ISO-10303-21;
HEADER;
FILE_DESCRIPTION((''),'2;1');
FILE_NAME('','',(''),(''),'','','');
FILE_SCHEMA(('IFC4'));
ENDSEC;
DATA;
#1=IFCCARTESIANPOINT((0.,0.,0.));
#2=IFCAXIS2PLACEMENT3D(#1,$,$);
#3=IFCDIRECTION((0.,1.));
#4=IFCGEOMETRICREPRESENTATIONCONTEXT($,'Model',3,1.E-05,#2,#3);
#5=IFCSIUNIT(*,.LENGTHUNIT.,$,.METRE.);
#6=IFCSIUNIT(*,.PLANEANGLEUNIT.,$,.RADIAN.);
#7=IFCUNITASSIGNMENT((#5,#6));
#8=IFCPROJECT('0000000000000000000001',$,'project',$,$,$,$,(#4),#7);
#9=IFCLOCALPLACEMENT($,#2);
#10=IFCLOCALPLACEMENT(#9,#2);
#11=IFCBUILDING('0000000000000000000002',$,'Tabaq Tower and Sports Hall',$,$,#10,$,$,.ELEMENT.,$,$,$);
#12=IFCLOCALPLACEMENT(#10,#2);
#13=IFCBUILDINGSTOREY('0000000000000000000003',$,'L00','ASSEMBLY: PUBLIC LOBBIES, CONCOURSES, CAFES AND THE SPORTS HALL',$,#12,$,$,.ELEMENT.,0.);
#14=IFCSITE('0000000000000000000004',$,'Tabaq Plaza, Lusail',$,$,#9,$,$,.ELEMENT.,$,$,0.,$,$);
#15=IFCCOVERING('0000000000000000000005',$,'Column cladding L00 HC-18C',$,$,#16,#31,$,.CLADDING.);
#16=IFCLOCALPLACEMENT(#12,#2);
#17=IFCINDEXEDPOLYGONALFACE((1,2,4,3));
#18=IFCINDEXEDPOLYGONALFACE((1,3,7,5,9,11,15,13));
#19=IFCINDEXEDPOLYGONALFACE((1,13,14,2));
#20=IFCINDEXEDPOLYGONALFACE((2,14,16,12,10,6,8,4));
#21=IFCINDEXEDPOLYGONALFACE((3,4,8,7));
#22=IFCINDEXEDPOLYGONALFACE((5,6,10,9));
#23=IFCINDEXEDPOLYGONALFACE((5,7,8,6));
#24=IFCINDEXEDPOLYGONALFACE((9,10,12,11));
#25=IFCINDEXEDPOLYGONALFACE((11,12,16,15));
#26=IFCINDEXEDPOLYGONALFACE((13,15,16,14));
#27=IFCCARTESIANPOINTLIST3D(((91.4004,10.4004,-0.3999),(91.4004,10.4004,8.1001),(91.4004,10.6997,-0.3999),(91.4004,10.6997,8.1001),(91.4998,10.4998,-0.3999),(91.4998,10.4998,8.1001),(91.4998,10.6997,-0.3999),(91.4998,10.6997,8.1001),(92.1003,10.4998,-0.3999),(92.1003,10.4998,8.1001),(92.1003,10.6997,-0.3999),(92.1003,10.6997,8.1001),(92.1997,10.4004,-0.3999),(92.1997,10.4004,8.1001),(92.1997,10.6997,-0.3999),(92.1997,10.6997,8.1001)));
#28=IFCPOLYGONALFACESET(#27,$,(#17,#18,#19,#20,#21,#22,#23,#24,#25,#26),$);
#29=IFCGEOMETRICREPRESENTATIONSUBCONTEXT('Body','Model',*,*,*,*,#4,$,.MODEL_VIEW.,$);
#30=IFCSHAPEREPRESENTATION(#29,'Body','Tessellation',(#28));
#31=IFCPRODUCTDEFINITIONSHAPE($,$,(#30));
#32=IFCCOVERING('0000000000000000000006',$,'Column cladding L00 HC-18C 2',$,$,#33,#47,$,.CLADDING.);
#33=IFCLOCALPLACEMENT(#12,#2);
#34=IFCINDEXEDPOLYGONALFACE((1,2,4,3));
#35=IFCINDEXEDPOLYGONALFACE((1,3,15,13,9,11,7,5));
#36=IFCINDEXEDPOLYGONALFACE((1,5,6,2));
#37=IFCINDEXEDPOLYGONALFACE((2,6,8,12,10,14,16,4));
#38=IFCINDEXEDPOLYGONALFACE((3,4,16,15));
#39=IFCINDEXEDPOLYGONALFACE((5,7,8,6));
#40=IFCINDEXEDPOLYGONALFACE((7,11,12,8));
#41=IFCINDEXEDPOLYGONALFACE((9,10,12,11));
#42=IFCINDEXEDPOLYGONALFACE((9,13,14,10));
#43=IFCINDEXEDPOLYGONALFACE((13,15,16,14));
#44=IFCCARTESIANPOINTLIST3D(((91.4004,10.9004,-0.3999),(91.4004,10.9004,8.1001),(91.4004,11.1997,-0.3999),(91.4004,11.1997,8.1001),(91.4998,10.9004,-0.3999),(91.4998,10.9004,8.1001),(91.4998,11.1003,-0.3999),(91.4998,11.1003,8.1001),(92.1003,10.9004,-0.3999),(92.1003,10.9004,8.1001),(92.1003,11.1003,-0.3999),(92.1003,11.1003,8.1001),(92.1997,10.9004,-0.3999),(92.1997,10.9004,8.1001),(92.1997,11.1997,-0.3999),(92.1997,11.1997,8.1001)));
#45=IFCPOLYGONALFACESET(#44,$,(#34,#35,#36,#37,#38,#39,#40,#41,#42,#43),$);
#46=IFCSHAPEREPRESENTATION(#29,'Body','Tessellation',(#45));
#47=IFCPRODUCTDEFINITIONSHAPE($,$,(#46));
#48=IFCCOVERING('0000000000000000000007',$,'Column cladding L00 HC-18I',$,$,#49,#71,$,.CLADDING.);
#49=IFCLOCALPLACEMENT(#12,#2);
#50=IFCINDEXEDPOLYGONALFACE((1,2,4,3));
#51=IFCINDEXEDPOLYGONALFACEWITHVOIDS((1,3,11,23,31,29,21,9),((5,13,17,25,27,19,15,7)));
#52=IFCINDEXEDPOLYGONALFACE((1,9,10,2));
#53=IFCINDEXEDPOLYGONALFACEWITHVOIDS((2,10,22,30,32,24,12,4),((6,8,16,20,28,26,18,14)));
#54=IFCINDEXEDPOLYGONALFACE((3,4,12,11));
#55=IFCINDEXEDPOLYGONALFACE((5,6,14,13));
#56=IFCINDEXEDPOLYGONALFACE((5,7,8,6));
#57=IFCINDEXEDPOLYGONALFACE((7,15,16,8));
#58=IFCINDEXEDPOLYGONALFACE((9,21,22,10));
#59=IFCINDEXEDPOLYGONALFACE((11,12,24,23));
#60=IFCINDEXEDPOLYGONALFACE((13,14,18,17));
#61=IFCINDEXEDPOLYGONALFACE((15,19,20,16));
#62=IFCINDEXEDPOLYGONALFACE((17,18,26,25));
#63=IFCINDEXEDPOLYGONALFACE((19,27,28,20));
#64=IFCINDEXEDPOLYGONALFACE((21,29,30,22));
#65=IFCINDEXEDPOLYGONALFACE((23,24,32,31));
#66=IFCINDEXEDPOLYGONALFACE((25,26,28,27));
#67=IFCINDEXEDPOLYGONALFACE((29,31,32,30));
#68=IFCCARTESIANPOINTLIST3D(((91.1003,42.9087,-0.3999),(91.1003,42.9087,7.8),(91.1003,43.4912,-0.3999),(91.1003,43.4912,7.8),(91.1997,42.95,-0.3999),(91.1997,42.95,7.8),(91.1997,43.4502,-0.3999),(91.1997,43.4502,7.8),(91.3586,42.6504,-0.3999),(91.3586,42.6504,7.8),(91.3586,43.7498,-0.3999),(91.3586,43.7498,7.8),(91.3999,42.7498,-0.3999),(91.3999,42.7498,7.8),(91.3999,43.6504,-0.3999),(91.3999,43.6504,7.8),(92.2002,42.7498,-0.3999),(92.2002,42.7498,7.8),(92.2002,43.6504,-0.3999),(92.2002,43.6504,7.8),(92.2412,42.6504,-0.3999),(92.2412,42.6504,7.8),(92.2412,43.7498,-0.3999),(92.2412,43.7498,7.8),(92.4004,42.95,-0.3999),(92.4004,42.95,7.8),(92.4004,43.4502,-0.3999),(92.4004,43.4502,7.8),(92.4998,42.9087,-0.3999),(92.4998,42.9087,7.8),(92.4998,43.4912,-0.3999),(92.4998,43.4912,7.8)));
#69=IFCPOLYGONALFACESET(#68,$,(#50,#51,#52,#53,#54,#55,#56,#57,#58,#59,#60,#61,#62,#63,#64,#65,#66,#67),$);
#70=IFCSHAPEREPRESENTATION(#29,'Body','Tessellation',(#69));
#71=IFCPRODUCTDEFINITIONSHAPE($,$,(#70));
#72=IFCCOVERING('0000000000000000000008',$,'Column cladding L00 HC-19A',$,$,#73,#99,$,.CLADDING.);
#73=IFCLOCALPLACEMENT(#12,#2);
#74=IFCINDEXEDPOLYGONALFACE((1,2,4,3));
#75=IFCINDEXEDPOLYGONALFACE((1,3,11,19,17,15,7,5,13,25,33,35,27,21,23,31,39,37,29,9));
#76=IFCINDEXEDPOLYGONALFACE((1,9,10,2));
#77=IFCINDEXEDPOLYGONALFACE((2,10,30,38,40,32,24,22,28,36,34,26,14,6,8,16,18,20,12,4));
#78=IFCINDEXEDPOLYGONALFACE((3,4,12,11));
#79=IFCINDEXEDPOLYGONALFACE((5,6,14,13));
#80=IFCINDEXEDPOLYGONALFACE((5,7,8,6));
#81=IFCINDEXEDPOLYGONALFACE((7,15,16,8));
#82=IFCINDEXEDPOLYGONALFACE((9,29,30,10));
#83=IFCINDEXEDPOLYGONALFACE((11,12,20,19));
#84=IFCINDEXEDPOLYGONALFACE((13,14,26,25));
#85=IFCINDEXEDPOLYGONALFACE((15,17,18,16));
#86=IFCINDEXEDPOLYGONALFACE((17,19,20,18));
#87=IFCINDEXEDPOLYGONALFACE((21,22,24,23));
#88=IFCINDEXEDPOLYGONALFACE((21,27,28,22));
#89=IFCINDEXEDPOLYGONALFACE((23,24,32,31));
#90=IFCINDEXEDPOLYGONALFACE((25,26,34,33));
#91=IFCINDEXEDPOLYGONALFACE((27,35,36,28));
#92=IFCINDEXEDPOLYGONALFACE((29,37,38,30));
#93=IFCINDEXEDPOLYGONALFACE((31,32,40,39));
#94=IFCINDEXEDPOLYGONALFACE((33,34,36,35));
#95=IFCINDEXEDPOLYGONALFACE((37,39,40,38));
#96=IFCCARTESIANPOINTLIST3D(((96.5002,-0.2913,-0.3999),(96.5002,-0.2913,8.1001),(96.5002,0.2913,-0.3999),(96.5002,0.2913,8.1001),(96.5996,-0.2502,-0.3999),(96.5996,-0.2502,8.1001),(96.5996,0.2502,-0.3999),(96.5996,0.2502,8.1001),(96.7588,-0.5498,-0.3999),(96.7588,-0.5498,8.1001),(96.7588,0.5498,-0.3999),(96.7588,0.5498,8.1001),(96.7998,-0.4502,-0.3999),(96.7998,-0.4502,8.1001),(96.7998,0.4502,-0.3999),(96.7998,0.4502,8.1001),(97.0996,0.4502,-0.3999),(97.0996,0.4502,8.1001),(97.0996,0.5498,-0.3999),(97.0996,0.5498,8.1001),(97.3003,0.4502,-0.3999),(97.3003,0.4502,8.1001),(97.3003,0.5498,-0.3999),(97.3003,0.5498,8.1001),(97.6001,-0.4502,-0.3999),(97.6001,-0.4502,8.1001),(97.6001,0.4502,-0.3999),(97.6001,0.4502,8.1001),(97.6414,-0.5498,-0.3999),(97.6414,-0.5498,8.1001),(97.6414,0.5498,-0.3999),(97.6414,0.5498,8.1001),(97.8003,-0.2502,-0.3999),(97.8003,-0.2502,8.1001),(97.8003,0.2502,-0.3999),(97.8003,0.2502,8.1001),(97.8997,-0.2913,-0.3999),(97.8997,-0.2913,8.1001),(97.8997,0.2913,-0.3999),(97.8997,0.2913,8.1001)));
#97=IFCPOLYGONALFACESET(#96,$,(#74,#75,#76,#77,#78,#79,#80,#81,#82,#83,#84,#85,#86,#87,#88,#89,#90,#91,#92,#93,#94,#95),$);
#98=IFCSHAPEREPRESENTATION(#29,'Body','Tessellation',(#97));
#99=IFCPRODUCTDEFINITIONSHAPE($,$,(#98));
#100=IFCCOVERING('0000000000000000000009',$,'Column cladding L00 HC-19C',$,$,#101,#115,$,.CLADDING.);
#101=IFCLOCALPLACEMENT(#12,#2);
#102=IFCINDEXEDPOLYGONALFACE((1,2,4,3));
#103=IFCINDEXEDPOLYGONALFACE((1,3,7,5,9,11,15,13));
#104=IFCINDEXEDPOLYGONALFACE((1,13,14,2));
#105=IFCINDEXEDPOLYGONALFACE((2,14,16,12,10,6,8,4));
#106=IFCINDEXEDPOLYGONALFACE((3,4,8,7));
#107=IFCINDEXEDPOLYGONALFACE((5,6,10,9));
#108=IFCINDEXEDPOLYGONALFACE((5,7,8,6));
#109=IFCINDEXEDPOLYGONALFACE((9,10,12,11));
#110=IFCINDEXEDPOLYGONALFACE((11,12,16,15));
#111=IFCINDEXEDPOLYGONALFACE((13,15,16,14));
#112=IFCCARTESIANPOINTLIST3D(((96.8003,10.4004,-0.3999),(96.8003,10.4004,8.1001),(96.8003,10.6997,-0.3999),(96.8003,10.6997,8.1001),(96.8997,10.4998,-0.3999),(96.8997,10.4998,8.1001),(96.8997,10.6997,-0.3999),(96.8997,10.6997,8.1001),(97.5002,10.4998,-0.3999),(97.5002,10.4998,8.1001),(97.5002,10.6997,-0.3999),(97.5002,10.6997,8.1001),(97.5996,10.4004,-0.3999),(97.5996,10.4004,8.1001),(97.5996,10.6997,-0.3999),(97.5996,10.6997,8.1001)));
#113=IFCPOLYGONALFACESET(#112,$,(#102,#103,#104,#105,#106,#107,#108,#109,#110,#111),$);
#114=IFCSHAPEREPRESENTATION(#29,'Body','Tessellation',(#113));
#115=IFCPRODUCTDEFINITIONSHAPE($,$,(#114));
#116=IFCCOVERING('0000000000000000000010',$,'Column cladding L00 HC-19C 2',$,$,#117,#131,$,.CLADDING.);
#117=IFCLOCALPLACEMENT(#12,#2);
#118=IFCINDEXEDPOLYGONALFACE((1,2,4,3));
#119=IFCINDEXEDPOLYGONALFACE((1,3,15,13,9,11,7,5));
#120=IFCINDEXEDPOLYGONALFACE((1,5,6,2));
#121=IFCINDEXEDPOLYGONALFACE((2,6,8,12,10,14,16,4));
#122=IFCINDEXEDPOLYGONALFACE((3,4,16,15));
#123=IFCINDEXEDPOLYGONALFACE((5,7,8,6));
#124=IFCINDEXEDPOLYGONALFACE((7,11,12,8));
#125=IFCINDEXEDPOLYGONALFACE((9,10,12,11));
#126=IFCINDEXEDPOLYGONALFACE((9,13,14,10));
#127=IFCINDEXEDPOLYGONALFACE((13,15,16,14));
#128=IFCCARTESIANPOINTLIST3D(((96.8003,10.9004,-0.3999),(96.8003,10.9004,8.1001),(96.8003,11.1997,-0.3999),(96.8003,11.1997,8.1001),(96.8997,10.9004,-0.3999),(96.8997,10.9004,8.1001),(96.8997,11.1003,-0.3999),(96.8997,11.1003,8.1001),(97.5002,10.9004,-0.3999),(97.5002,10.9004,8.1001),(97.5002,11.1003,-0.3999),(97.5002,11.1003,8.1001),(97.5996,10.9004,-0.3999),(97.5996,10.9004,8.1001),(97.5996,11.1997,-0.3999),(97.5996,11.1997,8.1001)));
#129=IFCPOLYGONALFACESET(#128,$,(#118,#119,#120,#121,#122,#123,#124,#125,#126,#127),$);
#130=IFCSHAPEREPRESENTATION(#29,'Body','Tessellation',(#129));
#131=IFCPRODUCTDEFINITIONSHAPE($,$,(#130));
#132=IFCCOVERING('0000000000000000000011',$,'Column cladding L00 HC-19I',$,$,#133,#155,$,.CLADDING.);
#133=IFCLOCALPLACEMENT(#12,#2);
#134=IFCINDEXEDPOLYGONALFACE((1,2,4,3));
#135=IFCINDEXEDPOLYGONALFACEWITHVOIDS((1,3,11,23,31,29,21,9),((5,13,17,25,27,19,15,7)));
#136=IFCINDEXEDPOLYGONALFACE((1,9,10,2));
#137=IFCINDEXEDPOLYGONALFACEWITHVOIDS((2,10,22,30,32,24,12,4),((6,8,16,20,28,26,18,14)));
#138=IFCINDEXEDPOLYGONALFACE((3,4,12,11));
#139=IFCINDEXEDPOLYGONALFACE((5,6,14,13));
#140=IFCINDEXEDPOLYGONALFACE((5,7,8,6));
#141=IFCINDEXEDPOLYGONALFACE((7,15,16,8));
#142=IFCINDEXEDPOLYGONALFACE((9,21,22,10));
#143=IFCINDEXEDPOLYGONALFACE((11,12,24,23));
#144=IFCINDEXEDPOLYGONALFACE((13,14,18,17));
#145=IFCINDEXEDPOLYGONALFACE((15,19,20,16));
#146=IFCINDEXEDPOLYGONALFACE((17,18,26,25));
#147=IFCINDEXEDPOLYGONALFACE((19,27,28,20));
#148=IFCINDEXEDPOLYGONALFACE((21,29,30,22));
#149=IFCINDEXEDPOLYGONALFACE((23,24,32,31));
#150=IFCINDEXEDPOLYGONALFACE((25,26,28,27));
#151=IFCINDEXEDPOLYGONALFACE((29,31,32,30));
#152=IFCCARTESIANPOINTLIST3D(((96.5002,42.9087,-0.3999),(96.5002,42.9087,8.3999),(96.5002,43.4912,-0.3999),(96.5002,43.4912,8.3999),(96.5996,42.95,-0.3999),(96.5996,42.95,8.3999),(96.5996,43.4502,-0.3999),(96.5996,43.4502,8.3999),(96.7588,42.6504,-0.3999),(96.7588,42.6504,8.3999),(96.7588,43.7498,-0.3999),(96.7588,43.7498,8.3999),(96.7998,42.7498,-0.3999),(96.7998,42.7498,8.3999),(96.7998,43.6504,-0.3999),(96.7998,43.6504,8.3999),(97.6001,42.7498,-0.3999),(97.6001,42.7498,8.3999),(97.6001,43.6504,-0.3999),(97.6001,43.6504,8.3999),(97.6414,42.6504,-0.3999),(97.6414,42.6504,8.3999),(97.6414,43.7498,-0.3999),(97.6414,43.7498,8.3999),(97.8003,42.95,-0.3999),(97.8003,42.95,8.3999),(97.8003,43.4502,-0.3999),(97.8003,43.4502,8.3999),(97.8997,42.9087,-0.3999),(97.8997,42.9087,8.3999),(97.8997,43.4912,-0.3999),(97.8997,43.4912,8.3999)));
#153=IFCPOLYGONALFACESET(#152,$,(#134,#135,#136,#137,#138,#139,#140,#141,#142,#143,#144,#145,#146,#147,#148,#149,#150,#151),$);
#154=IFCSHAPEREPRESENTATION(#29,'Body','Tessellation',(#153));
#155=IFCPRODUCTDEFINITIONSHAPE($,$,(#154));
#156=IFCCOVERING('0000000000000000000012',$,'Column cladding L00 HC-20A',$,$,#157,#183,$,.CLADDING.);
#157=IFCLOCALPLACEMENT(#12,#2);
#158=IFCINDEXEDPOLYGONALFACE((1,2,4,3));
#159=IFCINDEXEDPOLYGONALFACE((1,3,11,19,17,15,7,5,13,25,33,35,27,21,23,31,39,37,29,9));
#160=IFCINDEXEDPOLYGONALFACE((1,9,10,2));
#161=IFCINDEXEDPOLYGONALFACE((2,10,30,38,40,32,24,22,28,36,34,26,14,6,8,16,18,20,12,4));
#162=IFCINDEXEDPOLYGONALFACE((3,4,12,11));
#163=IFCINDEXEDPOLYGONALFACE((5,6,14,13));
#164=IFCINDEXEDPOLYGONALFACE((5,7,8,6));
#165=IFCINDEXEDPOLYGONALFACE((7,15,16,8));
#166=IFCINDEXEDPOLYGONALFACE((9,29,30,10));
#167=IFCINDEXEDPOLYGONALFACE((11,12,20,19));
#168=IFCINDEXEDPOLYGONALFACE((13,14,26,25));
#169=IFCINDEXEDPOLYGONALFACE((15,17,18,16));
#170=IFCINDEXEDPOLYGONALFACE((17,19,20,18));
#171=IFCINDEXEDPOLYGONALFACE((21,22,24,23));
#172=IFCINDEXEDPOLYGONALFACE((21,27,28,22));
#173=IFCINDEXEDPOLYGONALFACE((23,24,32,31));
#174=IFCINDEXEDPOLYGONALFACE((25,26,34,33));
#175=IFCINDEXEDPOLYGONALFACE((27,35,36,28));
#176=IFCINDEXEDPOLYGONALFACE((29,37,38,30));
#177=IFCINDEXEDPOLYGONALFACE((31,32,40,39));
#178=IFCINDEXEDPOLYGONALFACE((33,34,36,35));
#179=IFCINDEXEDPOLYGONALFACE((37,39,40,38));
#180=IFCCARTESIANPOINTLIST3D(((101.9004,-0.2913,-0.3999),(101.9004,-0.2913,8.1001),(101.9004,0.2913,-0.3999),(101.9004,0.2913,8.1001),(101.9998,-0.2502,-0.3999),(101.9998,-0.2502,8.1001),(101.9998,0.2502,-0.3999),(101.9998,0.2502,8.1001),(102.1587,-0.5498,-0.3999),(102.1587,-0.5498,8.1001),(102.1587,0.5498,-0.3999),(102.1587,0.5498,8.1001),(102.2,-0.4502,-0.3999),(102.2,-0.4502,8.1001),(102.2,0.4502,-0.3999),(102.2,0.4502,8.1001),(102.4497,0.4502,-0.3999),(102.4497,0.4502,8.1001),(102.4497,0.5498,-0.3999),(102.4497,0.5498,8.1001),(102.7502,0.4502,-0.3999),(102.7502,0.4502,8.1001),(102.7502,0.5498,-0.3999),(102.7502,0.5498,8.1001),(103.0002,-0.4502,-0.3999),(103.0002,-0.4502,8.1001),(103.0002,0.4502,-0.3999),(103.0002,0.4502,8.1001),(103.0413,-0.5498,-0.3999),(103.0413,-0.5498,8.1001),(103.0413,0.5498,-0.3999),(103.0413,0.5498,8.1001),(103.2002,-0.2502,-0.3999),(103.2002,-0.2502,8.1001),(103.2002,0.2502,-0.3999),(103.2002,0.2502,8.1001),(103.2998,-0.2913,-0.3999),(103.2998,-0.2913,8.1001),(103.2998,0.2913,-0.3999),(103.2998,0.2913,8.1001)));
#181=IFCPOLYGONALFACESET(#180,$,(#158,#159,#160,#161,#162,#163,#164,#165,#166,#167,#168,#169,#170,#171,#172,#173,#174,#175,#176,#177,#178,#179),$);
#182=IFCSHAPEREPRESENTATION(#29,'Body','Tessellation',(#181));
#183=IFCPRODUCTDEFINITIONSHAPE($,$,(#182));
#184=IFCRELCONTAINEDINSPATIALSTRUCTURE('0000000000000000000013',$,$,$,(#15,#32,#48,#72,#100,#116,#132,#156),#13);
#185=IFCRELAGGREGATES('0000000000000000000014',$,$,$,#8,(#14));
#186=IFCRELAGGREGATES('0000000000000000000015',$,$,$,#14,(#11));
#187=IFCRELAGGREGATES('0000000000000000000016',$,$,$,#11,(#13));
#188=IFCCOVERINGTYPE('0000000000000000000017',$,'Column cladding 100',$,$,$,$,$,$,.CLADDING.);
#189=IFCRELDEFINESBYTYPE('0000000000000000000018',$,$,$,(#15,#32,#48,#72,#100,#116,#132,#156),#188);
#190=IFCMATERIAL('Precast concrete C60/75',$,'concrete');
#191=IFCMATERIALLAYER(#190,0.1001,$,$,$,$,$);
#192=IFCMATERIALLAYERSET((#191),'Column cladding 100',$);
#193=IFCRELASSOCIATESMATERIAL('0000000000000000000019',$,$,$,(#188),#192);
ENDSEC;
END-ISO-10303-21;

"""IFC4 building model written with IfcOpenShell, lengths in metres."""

from ifc_helpers import new_model, si_unit, direction, frame, origin, place, context, subcontext, project, spatial, polyline, outline, extrude, material, layer, layer_set, type_object, element, save


model = new_model("IFC4")

# Units and contexts
model_context = context("Model", 3, precision=1e-05, world=origin(), true_north=direction((0.0, 1.0)))
body_context = subcontext(model_context, "Body", "Model", "MODEL_VIEW")
ifc_project = project(units=[si_unit("LENGTHUNIT", "METRE"), si_unit("PLANEANGLEUNIT", "RADIAN")], contexts=[model_context])

# Site, building, storey
site_placement = place(None, origin())
site = spatial("IfcSite", under=ifc_project, at=site_placement, Name="Tabaq Plaza, Lusail", CompositionType="ELEMENT", RefElevation=0.0)
building_placement = place(site_placement, origin())
building = spatial("IfcBuilding", under=site, at=building_placement, Name="Tabaq Tower and Sports Hall", CompositionType="ELEMENT")
storey_placement = place(building_placement, origin())
storey = spatial("IfcBuildingStorey", under=building, at=storey_placement, Name="L00", Description="ASSEMBLY: PUBLIC LOBBIES, CONCOURSES, CAFES AND THE SPORTS HALL", CompositionType="ELEMENT", Elevation=0.0)

# Coverings
ifc_material = material(Name="Precast concrete C60/75", Category="concrete")
ifc_layer = layer(ifc_material, 0.1001)
ifc_layer_set = layer_set([ifc_layer], Name="Column cladding 100")
covering_type = type_object("IfcCoveringType", Name="Column cladding 100", PredefinedType="CLADDING", material=ifc_layer_set)
covering_1_placement = place(storey_placement, frame((0.0, 0.0, -0.3999)))
element("IfcCovering", 1, at=covering_1_placement, inside=storey, type_object=covering_type, Name="Column cladding L00 HC-18C", PredefinedType="CLADDING", context=body_context, shape_type="SweptSolid", body=[
    extrude(outline(polyline([(92.1997, 10.4004), (91.4004, 10.4004), (91.4004, 10.6997), (91.4998, 10.6997), (91.4998, 10.4998), (92.1003, 10.4998), (92.1003, 10.6997), (92.1997, 10.6997), (92.1997, 10.4004)])), origin(), (0.0, 0.0, 1.0), 8.5),
])
covering_2_placement = place(storey_placement, frame((0.0, 0.0, -0.3999)))
element("IfcCovering", 2, at=covering_2_placement, inside=storey, type_object=covering_type, Name="Column cladding L00 HC-18C 2", PredefinedType="CLADDING", context=body_context, shape_type="SweptSolid", body=[
    extrude(outline(polyline([(92.1997, 11.1997), (92.1997, 10.9004), (92.1003, 10.9004), (92.1003, 11.1003), (91.4998, 11.1003), (91.4998, 10.9004), (91.4004, 10.9004), (91.4004, 11.1997), (92.1997, 11.1997)])), origin(), (0.0, 0.0, 1.0), 8.5),
])
covering_3_placement = place(storey_placement, frame((0.0, 0.0, -0.3999)))
element("IfcCovering", 3, at=covering_3_placement, inside=storey, type_object=covering_type, Name="Column cladding L00 HC-18I", PredefinedType="CLADDING", context=body_context, shape_type="SweptSolid", body=[
    extrude(outline(polyline([(91.1003, 42.9087), (91.1003, 43.4912), (91.3586, 43.7498), (92.2412, 43.7498), (92.4998, 43.4912), (92.4998, 42.9087), (92.2412, 42.6504), (91.3586, 42.6504), (91.1003, 42.9087)]), holes=[polyline([(92.2002, 42.7498), (92.4004, 42.95), (92.4004, 43.4502), (92.2002, 43.6504), (91.3999, 43.6504), (91.1997, 43.4502), (91.1997, 42.95), (91.3999, 42.7498), (92.2002, 42.7498)])]), origin(), (0.0, 0.0, 1.0), 8.2),
])
covering_4_placement = place(storey_placement, frame((0.0, 0.0, -0.3999)))
element("IfcCovering", 4, at=covering_4_placement, inside=storey, type_object=covering_type, Name="Column cladding L00 HC-19A", PredefinedType="CLADDING", context=body_context, shape_type="SweptSolid", body=[
    extrude(outline(polyline([(96.5002, 0.2913), (96.7588, 0.5498), (97.0996, 0.5498), (97.0996, 0.4502), (96.7998, 0.4502), (96.5996, 0.2502), (96.5996, -0.2502), (96.7998, -0.4502), (97.6001, -0.4502), (97.8003, -0.2502), (97.8003, 0.2502), (97.6001, 0.4502), (97.3003, 0.4502), (97.3003, 0.5498), (97.6414, 0.5498), (97.8997, 0.2913), (97.8997, -0.2913), (97.6414, -0.5498), (96.7588, -0.5498), (96.5002, -0.2913), (96.5002, 0.2913)])), origin(), (0.0, 0.0, 1.0), 8.5),
])
covering_5_placement = place(storey_placement, frame((0.0, 0.0, -0.3999)))
element("IfcCovering", 5, at=covering_5_placement, inside=storey, type_object=covering_type, Name="Column cladding L00 HC-19C", PredefinedType="CLADDING", context=body_context, shape_type="SweptSolid", body=[
    extrude(outline(polyline([(97.5996, 10.4004), (96.8003, 10.4004), (96.8003, 10.6997), (96.8997, 10.6997), (96.8997, 10.4998), (97.5002, 10.4998), (97.5002, 10.6997), (97.5996, 10.6997), (97.5996, 10.4004)])), origin(), (0.0, 0.0, 1.0), 8.5),
])
covering_6_placement = place(storey_placement, frame((0.0, 0.0, -0.3999)))
element("IfcCovering", 6, at=covering_6_placement, inside=storey, type_object=covering_type, Name="Column cladding L00 HC-19C 2", PredefinedType="CLADDING", context=body_context, shape_type="SweptSolid", body=[
    extrude(outline(polyline([(97.5996, 11.1997), (97.5996, 10.9004), (97.5002, 10.9004), (97.5002, 11.1003), (96.8997, 11.1003), (96.8997, 10.9004), (96.8003, 10.9004), (96.8003, 11.1997), (97.5996, 11.1997)])), origin(), (0.0, 0.0, 1.0), 8.5),
])
covering_7_placement = place(storey_placement, frame((0.0, 0.0, -0.3999)))
element("IfcCovering", 7, at=covering_7_placement, inside=storey, type_object=covering_type, Name="Column cladding L00 HC-19I", PredefinedType="CLADDING", context=body_context, shape_type="SweptSolid", body=[
    extrude(outline(polyline([(96.5002, 42.9087), (96.5002, 43.4912), (96.7588, 43.7498), (97.6414, 43.7498), (97.8997, 43.4912), (97.8997, 42.9087), (97.6414, 42.6504), (96.7588, 42.6504), (96.5002, 42.9087)]), holes=[polyline([(97.6001, 42.7498), (97.8003, 42.95), (97.8003, 43.4502), (97.6001, 43.6504), (96.7998, 43.6504), (96.5996, 43.4502), (96.5996, 42.95), (96.7998, 42.7498), (97.6001, 42.7498)])]), origin(), (0.0, 0.0, 1.0), 8.7998),
])
covering_8_placement = place(storey_placement, frame((0.0, 0.0, -0.3999)))
element("IfcCovering", 8, at=covering_8_placement, inside=storey, type_object=covering_type, Name="Column cladding L00 HC-20A", PredefinedType="CLADDING", context=body_context, shape_type="SweptSolid", body=[
    extrude(outline(polyline([(101.9004, 0.2913), (102.1587, 0.5498), (102.4497, 0.5498), (102.4497, 0.4502), (102.2, 0.4502), (101.9998, 0.2502), (101.9998, -0.2502), (102.2, -0.4502), (103.0002, -0.4502), (103.2002, -0.2502), (103.2002, 0.2502), (103.0002, 0.4502), (102.7502, 0.4502), (102.7502, 0.5498), (103.0413, 0.5498), (103.2998, 0.2913), (103.2998, -0.2913), (103.0413, -0.5498), (102.1587, -0.5498), (101.9004, -0.2913), (101.9004, 0.2913)])), origin(), (0.0, 0.0, 1.0), 8.5),
])

save(model, "model.ifc")
